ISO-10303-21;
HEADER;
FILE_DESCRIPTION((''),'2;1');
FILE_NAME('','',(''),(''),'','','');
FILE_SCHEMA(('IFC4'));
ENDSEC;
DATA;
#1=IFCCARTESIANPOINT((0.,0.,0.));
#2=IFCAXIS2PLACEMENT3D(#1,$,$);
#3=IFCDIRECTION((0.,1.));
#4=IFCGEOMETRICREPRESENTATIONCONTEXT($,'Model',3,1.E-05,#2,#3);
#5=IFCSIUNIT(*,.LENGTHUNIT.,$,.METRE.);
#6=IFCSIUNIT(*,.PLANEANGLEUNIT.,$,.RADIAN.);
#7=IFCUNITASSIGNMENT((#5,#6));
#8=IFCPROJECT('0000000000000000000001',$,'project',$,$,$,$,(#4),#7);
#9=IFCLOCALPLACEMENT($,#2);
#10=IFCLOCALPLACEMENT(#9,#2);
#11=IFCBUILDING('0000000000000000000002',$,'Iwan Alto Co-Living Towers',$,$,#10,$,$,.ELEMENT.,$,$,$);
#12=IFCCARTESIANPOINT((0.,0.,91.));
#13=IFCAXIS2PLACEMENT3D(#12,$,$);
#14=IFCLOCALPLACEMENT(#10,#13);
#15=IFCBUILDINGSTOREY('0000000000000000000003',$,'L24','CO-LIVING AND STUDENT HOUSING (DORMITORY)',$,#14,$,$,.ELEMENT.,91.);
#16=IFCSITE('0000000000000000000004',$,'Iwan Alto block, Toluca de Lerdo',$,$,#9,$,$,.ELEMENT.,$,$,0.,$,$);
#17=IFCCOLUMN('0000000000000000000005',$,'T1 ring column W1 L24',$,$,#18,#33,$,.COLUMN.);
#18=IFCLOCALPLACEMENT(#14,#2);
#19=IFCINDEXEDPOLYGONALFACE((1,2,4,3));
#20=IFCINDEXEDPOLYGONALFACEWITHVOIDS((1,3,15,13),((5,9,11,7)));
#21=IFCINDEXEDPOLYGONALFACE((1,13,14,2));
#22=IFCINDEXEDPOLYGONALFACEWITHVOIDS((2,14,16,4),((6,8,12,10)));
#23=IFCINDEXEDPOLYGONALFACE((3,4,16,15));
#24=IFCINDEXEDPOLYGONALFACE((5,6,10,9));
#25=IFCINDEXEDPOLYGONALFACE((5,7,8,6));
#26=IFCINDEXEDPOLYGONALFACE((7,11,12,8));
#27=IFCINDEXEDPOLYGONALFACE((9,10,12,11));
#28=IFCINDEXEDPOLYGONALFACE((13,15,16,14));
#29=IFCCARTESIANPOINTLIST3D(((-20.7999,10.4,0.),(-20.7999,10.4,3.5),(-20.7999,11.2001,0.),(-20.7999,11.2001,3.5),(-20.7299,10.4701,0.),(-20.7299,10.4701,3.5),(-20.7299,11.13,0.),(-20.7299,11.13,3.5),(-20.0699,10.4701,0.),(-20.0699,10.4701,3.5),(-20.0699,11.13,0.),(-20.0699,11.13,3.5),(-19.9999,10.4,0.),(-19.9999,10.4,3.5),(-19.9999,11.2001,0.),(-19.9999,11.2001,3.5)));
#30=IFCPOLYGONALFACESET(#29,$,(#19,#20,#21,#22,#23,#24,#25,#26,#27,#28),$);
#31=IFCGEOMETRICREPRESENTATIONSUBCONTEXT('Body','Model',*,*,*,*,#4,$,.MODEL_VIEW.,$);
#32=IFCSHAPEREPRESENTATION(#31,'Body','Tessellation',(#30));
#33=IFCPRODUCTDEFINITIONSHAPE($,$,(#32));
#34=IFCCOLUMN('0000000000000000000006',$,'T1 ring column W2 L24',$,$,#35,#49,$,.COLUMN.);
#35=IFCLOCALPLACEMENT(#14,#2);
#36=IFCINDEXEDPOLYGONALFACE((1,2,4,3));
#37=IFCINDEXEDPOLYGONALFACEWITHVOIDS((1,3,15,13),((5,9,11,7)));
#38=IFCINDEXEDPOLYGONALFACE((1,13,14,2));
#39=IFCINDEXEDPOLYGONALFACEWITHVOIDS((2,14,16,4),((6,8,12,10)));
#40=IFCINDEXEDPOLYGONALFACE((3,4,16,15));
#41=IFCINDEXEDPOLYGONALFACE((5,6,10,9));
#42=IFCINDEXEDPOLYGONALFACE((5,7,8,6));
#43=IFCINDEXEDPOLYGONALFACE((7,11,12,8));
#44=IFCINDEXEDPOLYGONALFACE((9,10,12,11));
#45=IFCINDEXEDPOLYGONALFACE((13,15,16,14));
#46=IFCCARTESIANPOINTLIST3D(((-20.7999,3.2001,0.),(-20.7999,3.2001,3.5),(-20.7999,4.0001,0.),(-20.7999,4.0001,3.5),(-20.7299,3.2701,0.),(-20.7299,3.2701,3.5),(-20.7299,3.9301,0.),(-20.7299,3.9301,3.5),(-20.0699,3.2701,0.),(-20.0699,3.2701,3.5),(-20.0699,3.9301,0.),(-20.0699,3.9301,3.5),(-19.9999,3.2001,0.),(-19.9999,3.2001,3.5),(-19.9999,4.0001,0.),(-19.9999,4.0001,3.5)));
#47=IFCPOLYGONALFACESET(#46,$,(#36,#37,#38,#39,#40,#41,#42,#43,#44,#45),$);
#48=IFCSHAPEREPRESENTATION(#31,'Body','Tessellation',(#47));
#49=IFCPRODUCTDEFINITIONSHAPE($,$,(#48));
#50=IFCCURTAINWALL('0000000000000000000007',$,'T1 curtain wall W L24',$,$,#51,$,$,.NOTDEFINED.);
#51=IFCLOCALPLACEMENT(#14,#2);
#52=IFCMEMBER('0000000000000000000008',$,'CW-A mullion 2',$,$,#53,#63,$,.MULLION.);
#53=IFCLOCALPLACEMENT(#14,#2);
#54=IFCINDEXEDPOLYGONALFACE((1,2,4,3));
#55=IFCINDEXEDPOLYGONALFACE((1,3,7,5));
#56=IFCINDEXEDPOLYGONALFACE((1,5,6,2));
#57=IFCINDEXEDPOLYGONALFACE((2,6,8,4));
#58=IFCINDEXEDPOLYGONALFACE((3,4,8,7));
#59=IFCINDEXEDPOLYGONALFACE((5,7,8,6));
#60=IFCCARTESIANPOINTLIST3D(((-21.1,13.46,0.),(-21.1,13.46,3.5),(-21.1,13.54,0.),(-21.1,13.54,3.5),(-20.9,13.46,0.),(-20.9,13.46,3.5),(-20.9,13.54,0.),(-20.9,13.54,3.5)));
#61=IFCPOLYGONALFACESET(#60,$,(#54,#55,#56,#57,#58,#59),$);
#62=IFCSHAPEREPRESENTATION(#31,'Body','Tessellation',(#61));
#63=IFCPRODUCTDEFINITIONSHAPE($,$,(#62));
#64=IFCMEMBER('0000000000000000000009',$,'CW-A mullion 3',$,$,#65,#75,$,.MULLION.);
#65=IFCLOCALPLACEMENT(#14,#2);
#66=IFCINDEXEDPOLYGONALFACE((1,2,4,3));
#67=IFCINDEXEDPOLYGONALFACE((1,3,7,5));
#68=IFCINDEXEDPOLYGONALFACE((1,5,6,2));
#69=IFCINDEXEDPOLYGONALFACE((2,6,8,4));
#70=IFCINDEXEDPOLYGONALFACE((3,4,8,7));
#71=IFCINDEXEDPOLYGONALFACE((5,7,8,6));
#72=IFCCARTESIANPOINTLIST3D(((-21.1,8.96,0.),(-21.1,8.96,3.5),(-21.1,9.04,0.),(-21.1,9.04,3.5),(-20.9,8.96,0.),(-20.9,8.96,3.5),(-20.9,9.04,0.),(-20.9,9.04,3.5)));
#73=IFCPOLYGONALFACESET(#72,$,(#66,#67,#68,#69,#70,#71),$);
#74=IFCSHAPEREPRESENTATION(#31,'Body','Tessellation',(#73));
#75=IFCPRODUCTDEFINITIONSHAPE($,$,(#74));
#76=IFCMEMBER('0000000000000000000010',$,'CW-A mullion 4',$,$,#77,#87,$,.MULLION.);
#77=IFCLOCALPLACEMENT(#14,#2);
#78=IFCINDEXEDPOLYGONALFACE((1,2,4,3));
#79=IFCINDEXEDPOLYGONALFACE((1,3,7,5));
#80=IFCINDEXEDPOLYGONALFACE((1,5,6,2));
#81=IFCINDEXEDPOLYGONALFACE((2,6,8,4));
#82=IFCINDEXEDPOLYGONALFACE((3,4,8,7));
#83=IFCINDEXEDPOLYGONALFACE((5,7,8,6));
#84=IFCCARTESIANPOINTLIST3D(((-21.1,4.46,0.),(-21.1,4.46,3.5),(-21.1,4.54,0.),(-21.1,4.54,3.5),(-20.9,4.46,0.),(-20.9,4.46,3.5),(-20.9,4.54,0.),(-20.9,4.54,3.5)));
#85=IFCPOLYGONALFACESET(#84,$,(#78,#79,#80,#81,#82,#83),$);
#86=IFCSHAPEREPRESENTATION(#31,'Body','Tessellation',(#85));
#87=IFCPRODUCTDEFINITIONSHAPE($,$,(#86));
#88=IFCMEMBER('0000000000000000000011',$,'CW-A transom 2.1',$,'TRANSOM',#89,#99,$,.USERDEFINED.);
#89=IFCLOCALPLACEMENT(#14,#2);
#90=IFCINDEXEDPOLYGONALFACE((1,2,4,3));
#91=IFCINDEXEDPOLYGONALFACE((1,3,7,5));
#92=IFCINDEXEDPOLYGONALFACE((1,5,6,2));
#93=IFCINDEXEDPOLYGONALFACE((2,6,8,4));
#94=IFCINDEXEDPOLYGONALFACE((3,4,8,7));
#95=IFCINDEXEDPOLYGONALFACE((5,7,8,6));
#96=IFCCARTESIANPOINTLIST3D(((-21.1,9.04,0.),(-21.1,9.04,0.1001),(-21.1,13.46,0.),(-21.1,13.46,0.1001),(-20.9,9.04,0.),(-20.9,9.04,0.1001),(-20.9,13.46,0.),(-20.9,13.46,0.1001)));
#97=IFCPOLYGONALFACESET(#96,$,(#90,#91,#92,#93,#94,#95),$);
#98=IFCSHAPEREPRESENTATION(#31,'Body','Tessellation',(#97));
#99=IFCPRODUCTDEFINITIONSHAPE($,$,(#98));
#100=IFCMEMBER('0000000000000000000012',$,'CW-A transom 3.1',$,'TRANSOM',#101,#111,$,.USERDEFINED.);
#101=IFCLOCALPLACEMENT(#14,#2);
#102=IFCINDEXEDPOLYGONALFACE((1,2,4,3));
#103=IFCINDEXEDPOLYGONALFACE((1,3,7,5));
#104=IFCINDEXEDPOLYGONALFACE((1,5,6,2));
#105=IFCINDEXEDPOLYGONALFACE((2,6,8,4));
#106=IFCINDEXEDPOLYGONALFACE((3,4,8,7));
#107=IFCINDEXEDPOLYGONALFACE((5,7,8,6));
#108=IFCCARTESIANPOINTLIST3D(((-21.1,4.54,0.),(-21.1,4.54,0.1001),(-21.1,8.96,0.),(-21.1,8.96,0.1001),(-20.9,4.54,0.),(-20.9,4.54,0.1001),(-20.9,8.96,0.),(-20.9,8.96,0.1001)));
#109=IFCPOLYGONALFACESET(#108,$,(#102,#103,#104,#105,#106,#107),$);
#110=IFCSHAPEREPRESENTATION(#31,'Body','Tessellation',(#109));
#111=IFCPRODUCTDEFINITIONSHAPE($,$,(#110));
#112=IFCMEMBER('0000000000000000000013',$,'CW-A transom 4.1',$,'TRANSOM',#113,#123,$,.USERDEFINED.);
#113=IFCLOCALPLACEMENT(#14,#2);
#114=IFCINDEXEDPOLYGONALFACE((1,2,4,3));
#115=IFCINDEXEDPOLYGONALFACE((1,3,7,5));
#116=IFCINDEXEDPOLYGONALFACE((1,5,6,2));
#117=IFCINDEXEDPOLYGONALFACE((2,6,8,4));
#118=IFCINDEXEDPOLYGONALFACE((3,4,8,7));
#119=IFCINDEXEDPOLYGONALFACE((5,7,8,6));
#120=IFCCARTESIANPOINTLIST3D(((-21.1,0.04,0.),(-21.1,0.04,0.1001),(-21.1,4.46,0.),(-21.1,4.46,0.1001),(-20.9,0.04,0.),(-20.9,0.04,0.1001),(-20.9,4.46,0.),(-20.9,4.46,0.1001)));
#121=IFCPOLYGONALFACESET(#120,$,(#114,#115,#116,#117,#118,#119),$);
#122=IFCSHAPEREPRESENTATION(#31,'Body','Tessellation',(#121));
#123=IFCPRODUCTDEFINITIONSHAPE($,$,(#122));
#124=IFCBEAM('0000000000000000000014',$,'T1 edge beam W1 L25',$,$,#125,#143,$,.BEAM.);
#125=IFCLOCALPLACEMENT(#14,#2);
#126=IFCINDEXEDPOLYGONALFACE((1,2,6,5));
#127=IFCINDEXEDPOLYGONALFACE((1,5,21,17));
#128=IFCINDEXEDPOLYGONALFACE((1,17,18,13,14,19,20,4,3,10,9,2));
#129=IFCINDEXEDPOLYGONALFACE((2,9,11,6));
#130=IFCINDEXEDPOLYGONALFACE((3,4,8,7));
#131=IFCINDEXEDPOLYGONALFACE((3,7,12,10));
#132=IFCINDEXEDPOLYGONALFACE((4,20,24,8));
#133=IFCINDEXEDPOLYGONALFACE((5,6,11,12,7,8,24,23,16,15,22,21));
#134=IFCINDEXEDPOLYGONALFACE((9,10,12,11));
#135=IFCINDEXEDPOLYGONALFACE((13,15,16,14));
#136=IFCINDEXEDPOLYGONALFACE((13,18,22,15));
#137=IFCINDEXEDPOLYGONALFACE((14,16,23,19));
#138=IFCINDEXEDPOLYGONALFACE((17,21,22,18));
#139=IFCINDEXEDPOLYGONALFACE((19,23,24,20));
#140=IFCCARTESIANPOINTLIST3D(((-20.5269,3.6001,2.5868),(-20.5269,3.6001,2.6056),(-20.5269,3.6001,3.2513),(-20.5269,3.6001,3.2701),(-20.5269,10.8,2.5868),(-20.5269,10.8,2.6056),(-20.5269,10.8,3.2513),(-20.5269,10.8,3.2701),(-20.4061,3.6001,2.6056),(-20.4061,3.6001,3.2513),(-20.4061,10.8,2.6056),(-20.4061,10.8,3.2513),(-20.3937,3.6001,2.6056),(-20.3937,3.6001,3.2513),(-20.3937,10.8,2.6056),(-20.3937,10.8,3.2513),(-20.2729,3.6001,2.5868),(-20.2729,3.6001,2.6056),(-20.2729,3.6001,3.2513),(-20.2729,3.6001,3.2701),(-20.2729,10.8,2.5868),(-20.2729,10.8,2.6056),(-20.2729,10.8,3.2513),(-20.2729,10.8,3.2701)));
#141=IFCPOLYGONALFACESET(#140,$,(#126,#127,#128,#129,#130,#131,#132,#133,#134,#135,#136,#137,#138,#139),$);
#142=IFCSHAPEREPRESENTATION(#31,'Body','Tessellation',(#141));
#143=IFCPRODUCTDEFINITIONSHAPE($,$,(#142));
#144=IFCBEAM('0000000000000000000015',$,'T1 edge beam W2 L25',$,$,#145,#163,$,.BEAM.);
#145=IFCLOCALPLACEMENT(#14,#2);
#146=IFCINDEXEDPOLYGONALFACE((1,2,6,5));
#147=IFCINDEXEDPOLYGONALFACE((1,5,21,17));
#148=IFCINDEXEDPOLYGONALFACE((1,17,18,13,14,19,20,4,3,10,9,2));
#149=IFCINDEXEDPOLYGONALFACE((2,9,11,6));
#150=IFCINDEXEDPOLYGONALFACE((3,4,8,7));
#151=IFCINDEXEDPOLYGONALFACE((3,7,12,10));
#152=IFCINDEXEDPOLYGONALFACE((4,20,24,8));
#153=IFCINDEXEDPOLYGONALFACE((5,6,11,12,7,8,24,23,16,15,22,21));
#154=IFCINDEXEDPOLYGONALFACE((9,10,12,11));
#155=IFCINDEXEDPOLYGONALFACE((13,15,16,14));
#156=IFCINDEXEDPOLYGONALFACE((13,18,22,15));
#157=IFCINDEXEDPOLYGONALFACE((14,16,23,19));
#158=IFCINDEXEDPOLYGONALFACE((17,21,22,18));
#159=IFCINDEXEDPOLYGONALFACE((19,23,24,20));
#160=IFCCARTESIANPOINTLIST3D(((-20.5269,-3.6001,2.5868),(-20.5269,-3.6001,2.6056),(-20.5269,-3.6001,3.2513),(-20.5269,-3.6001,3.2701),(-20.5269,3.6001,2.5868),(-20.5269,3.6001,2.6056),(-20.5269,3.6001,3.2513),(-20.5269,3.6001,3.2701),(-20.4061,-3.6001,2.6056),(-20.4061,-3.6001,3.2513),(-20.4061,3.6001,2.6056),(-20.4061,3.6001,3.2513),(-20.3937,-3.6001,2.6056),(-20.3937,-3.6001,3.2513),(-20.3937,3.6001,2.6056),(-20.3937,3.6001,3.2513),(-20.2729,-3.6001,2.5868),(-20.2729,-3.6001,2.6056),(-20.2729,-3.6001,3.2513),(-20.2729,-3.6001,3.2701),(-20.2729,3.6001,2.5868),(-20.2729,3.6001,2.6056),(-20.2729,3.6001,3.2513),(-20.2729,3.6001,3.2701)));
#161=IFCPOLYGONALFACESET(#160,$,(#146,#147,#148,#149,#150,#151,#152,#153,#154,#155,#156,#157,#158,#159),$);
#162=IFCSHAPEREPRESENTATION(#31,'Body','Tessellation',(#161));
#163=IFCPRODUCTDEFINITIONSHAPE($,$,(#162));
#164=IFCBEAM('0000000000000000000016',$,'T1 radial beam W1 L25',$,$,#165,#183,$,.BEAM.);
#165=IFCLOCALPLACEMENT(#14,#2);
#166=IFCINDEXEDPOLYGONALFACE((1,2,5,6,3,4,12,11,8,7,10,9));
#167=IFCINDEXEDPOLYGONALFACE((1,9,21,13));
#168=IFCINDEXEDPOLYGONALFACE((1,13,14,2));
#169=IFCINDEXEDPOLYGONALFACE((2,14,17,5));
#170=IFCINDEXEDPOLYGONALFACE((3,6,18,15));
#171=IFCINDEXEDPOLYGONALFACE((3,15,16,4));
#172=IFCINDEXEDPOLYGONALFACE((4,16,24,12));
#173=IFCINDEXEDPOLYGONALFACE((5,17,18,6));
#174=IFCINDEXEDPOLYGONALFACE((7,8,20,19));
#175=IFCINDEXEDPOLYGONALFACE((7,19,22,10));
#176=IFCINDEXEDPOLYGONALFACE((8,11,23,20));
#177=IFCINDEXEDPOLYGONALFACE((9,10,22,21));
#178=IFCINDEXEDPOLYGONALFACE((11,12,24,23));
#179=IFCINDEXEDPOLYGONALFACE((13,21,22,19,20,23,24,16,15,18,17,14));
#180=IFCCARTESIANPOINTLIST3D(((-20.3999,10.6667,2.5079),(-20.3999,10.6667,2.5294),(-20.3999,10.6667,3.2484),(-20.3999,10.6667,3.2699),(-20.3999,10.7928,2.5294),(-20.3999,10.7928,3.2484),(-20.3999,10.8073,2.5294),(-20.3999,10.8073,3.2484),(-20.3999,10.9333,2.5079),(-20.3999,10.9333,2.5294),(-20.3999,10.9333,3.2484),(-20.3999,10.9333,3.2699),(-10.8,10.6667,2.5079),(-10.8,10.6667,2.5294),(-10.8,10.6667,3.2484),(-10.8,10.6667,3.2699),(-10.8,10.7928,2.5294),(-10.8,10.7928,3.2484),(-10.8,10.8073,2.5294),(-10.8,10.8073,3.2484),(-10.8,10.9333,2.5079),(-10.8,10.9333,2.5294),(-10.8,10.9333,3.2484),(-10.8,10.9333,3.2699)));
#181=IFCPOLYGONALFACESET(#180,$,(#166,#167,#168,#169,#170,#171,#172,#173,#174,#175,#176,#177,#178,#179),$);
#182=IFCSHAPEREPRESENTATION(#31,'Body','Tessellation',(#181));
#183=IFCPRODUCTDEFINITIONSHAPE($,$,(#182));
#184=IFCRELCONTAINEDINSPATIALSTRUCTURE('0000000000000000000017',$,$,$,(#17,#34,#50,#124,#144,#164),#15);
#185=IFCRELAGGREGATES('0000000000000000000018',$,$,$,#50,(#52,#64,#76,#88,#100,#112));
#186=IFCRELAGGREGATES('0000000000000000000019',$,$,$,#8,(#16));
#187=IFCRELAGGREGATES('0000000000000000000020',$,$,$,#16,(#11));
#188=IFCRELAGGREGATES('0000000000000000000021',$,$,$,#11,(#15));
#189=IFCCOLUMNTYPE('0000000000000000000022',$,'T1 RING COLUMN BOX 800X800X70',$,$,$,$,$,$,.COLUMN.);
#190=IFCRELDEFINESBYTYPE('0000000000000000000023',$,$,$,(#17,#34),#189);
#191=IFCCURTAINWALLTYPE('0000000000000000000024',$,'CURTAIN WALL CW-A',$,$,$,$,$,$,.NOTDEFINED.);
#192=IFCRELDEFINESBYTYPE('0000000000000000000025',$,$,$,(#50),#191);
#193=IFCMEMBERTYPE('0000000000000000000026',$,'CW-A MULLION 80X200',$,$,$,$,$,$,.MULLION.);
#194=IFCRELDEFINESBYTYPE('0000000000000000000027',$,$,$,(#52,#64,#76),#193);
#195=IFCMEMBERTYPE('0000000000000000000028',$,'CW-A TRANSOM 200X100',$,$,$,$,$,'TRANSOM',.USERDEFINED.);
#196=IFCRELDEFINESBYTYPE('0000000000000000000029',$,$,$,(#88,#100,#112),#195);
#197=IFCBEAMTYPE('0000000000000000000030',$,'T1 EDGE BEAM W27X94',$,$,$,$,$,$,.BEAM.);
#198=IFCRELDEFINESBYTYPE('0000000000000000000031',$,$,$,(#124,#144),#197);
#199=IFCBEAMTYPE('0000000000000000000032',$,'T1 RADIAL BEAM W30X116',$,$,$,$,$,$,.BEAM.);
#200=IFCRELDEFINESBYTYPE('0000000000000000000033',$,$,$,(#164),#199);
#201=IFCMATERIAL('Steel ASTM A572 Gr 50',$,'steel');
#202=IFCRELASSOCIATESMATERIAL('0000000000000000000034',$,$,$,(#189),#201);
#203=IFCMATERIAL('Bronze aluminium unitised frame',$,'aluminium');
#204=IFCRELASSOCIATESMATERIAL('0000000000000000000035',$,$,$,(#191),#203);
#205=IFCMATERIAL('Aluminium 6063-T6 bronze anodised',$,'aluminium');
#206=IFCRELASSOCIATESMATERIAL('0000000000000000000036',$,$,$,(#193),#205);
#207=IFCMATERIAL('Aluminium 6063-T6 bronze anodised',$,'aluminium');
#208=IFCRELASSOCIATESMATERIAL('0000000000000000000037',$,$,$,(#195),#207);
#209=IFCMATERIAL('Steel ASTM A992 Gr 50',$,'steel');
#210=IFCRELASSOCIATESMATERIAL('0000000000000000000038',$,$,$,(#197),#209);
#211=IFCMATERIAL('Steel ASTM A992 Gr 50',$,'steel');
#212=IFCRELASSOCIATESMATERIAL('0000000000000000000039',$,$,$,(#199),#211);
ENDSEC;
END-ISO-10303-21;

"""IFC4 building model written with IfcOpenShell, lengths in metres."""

from ifc_helpers import new_model, si_unit, direction, frame, origin, origin_2d, place, context, subcontext, project, spatial, rectangle, hollow_rectangle, i_section, extrude, material, material_profile, profile_set, type_object, element, aggregate, save


model = new_model("IFC4")

# Units and contexts
model_context = context("Model", 3, precision=1e-05, world=origin(), true_north=direction((0.0, 1.0)))
body_context = subcontext(model_context, "Body", "Model", "MODEL_VIEW")
ifc_project = project(units=[si_unit("LENGTHUNIT", "METRE"), si_unit("PLANEANGLEUNIT", "RADIAN")], contexts=[model_context])

# Site, building, storey
site_placement = place(None, origin())
site = spatial("IfcSite", under=ifc_project, at=site_placement, Name="Iwan Alto block, Toluca de Lerdo", CompositionType="ELEMENT", RefElevation=0.0)
building_placement = place(site_placement, origin())
building = spatial("IfcBuilding", under=site, at=building_placement, Name="Iwan Alto Co-Living Towers", CompositionType="ELEMENT")
storey_placement = place(building_placement, frame((0.0, 0.0, 91.0)))
storey = spatial("IfcBuildingStorey", under=building, at=storey_placement, Name="L24", Description="CO-LIVING AND STUDENT HOUSING (DORMITORY)", CompositionType="ELEMENT", Elevation=91.0)

# Columns
ifc_material_1 = material(Name="Steel ASTM A572 Gr 50", Category="steel")
ifc_material_profile_1 = material_profile(ifc_material_1, hollow_rectangle(XDim=0.8, YDim=0.8, WallThickness=0.0701, at=origin_2d()), Name="BOX 800X800X70")
ifc_profile_set_1 = profile_set([ifc_material_profile_1], Name="Steel ASTM A572 Gr 50")
column_type = type_object("IfcColumnType", Name="T1 RING COLUMN BOX 800X800X70", PredefinedType="COLUMN", material=ifc_profile_set_1)
for number, where, z_axis, x_axis, name in (
    (1, (-20.3999, 10.8, 0.0), (0.0, 0.0, 1.0), (1.0, 0.0, 0.0), "T1 ring column W1 L24"),
    (2, (-20.3999, 3.6001, 0.0), (0.0, 0.0, 1.0), (1.0, 0.0, 0.0), "T1 ring column W2 L24"),
):
    element("IfcColumn", number, at=place(storey_placement, frame(where, z_axis=z_axis, x_axis=x_axis)), inside=storey, type_object=column_type, Name=name, PredefinedType="COLUMN", context=body_context, shape_type="SweptSolid", body=[
        extrude(hollow_rectangle(XDim=0.8, YDim=0.8, WallThickness=0.0701, at=origin_2d()), origin(), (0.0, 0.0, 1.0), 3.5),
    ])

# Curtain wall, members
ifc_material_2 = material(Name="Bronze aluminium unitised frame", Category="aluminium")
curtain_wall_type = type_object("IfcCurtainWallType", Name="CURTAIN WALL CW-A", PredefinedType="NOTDEFINED", material=ifc_material_2)
curtain_wall_placement = place(storey_placement, origin())
curtain_wall = element("IfcCurtainWall", 3, at=curtain_wall_placement, inside=storey, type_object=curtain_wall_type, Name="T1 curtain wall W L24", PredefinedType="NOTDEFINED")
ifc_material_3 = material(Name="Aluminium 6063-T6 bronze anodised", Category="aluminium")
ifc_material_profile_2 = material_profile(ifc_material_3, rectangle(XDim=0.2, YDim=0.0801, at=origin_2d()), Name="AL 80X200")
ifc_profile_set_2 = profile_set([ifc_material_profile_2], Name="Aluminium 6063-T6 bronze anodised")
member_type_1 = type_object("IfcMemberType", Name="CW-A MULLION 80X200", PredefinedType="MULLION", material=ifc_profile_set_2)
member_1_placement = place(storey_placement, frame((-21.0, 13.5, 0.0), z_axis=(0.0, 0.0, 1.0), x_axis=(1.0, 0.0, 0.0)))
member_1 = element("IfcMember", 4, at=member_1_placement, type_object=member_type_1, Name="CW-A mullion 2", PredefinedType="MULLION", context=body_context, shape_type="SweptSolid", body=[
    extrude(rectangle(XDim=0.2, YDim=0.0801, at=origin_2d()), origin(), (0.0, 0.0, 1.0), 3.5),
])
member_2_placement = place(storey_placement, frame((-21.0, 9.0, 0.0), z_axis=(0.0, 0.0, 1.0), x_axis=(1.0, 0.0, 0.0)))
member_2 = element("IfcMember", 5, at=member_2_placement, type_object=member_type_1, Name="CW-A mullion 3", PredefinedType="MULLION", context=body_context, shape_type="SweptSolid", body=[
    extrude(rectangle(XDim=0.2, YDim=0.0801, at=origin_2d()), origin(), (0.0, 0.0, 1.0), 3.5),
])
member_3_placement = place(storey_placement, frame((-21.0, 4.5, 0.0), z_axis=(0.0, 0.0, 1.0), x_axis=(1.0, 0.0, 0.0)))
member_3 = element("IfcMember", 6, at=member_3_placement, type_object=member_type_1, Name="CW-A mullion 4", PredefinedType="MULLION", context=body_context, shape_type="SweptSolid", body=[
    extrude(rectangle(XDim=0.2, YDim=0.0801, at=origin_2d()), origin(), (0.0, 0.0, 1.0), 3.5),
])
ifc_material_4 = material(Name="Aluminium 6063-T6 bronze anodised", Category="aluminium")
ifc_material_profile_3 = material_profile(ifc_material_4, rectangle(XDim=0.2, YDim=0.1001, at=origin_2d()), Name="AL 200X100")
ifc_profile_set_3 = profile_set([ifc_material_profile_3], Name="Aluminium 6063-T6 bronze anodised")
member_type_2 = type_object("IfcMemberType", Name="CW-A TRANSOM 200X100", ElementType="TRANSOM", PredefinedType="USERDEFINED", material=ifc_profile_set_3)
member_4_placement = place(storey_placement, frame((-21.0, 13.46, 0.05), z_axis=(0.0, -1.0, 0.0), x_axis=(1.0, 0.0, 0.0)))
member_4 = element("IfcMember", 7, at=member_4_placement, type_object=member_type_2, Name="CW-A transom 2.1", ObjectType="TRANSOM", PredefinedType="USERDEFINED", context=body_context, shape_type="SweptSolid", body=[
    extrude(rectangle(XDim=0.2, YDim=0.1001, at=origin_2d()), origin(), (0.0, 0.0, 1.0), 4.4199),
])
member_5_placement = place(storey_placement, frame((-21.0, 8.96, 0.05), z_axis=(0.0, -1.0, 0.0), x_axis=(1.0, 0.0, 0.0)))
member_5 = element("IfcMember", 8, at=member_5_placement, type_object=member_type_2, Name="CW-A transom 3.1", ObjectType="TRANSOM", PredefinedType="USERDEFINED", context=body_context, shape_type="SweptSolid", body=[
    extrude(rectangle(XDim=0.2, YDim=0.1001, at=origin_2d()), origin(), (0.0, 0.0, 1.0), 4.4199),
])
member_6_placement = place(storey_placement, frame((-21.0, 4.46, 0.05), z_axis=(0.0, -1.0, 0.0), x_axis=(1.0, 0.0, 0.0)))
member_6 = element("IfcMember", 9, at=member_6_placement, type_object=member_type_2, Name="CW-A transom 4.1", ObjectType="TRANSOM", PredefinedType="USERDEFINED", context=body_context, shape_type="SweptSolid", body=[
    extrude(rectangle(XDim=0.2, YDim=0.1001, at=origin_2d()), origin(), (0.0, 0.0, 1.0), 4.4199),
])

# Beams
ifc_material_5 = material(Name="Steel ASTM A992 Gr 50", Category="steel")
ifc_material_profile_4 = material_profile(ifc_material_5, i_section(OverallWidth=0.2539, OverallDepth=0.6833, WebThickness=0.0125, FlangeThickness=0.0188, at=origin_2d()), Name="W27X94")
ifc_profile_set_4 = profile_set([ifc_material_profile_4], Name="Steel ASTM A992 Gr 50")
beam_type_1 = type_object("IfcBeamType", Name="T1 EDGE BEAM W27X94", PredefinedType="BEAM", material=ifc_profile_set_4)
beam_1_placement = place(storey_placement, frame((-20.3999, 10.8, 2.9285), z_axis=(0.0, -1.0, 0.0), x_axis=(1.0, 0.0, 0.0)))
element("IfcBeam", 10, at=beam_1_placement, inside=storey, type_object=beam_type_1, Name="T1 edge beam W1 L25", PredefinedType="BEAM", context=body_context, shape_type="SweptSolid", body=[
    extrude(i_section(OverallWidth=0.2539, OverallDepth=0.6833, WebThickness=0.0125, FlangeThickness=0.0188, at=origin_2d()), origin(), (0.0, 0.0, 1.0), 7.2),
])
beam_2_placement = place(storey_placement, frame((-20.3999, 3.6001, 2.9285), z_axis=(0.0, -1.0, 0.0), x_axis=(1.0, 0.0, 0.0)))
element("IfcBeam", 11, at=beam_2_placement, inside=storey, type_object=beam_type_1, Name="T1 edge beam W2 L25", PredefinedType="BEAM", context=body_context, shape_type="SweptSolid", body=[
    extrude(i_section(OverallWidth=0.2539, OverallDepth=0.6833, WebThickness=0.0125, FlangeThickness=0.0188, at=origin_2d()), origin(), (0.0, 0.0, 1.0), 7.2002),
])
ifc_material_6 = material(Name="Steel ASTM A992 Gr 50", Category="steel")
ifc_material_profile_5 = material_profile(ifc_material_6, i_section(OverallWidth=0.2666, OverallDepth=0.762, WebThickness=0.0144, FlangeThickness=0.0215, at=origin_2d()), Name="W30X116")
ifc_profile_set_5 = profile_set([ifc_material_profile_5], Name="Steel ASTM A992 Gr 50")
beam_type_2 = type_object("IfcBeamType", Name="T1 RADIAL BEAM W30X116", PredefinedType="BEAM", material=ifc_profile_set_5)
beam_3_placement = place(storey_placement, frame((-20.3999, 10.8, 2.8889), z_axis=(1.0, 0.0, 0.0), x_axis=(0.0, 1.0, 0.0)))
element("IfcBeam", 12, at=beam_3_placement, inside=storey, type_object=beam_type_2, Name="T1 radial beam W1 L25", PredefinedType="BEAM", context=body_context, shape_type="SweptSolid", body=[
    extrude(i_section(OverallWidth=0.2666, OverallDepth=0.762, WebThickness=0.0144, FlangeThickness=0.0215, at=origin_2d()), origin(), (0.0, 0.0, 1.0), 9.5999),
])

aggregate(curtain_wall, [member_1, member_2, member_3, member_4, member_5, member_6])

save(model, "model.ifc")
